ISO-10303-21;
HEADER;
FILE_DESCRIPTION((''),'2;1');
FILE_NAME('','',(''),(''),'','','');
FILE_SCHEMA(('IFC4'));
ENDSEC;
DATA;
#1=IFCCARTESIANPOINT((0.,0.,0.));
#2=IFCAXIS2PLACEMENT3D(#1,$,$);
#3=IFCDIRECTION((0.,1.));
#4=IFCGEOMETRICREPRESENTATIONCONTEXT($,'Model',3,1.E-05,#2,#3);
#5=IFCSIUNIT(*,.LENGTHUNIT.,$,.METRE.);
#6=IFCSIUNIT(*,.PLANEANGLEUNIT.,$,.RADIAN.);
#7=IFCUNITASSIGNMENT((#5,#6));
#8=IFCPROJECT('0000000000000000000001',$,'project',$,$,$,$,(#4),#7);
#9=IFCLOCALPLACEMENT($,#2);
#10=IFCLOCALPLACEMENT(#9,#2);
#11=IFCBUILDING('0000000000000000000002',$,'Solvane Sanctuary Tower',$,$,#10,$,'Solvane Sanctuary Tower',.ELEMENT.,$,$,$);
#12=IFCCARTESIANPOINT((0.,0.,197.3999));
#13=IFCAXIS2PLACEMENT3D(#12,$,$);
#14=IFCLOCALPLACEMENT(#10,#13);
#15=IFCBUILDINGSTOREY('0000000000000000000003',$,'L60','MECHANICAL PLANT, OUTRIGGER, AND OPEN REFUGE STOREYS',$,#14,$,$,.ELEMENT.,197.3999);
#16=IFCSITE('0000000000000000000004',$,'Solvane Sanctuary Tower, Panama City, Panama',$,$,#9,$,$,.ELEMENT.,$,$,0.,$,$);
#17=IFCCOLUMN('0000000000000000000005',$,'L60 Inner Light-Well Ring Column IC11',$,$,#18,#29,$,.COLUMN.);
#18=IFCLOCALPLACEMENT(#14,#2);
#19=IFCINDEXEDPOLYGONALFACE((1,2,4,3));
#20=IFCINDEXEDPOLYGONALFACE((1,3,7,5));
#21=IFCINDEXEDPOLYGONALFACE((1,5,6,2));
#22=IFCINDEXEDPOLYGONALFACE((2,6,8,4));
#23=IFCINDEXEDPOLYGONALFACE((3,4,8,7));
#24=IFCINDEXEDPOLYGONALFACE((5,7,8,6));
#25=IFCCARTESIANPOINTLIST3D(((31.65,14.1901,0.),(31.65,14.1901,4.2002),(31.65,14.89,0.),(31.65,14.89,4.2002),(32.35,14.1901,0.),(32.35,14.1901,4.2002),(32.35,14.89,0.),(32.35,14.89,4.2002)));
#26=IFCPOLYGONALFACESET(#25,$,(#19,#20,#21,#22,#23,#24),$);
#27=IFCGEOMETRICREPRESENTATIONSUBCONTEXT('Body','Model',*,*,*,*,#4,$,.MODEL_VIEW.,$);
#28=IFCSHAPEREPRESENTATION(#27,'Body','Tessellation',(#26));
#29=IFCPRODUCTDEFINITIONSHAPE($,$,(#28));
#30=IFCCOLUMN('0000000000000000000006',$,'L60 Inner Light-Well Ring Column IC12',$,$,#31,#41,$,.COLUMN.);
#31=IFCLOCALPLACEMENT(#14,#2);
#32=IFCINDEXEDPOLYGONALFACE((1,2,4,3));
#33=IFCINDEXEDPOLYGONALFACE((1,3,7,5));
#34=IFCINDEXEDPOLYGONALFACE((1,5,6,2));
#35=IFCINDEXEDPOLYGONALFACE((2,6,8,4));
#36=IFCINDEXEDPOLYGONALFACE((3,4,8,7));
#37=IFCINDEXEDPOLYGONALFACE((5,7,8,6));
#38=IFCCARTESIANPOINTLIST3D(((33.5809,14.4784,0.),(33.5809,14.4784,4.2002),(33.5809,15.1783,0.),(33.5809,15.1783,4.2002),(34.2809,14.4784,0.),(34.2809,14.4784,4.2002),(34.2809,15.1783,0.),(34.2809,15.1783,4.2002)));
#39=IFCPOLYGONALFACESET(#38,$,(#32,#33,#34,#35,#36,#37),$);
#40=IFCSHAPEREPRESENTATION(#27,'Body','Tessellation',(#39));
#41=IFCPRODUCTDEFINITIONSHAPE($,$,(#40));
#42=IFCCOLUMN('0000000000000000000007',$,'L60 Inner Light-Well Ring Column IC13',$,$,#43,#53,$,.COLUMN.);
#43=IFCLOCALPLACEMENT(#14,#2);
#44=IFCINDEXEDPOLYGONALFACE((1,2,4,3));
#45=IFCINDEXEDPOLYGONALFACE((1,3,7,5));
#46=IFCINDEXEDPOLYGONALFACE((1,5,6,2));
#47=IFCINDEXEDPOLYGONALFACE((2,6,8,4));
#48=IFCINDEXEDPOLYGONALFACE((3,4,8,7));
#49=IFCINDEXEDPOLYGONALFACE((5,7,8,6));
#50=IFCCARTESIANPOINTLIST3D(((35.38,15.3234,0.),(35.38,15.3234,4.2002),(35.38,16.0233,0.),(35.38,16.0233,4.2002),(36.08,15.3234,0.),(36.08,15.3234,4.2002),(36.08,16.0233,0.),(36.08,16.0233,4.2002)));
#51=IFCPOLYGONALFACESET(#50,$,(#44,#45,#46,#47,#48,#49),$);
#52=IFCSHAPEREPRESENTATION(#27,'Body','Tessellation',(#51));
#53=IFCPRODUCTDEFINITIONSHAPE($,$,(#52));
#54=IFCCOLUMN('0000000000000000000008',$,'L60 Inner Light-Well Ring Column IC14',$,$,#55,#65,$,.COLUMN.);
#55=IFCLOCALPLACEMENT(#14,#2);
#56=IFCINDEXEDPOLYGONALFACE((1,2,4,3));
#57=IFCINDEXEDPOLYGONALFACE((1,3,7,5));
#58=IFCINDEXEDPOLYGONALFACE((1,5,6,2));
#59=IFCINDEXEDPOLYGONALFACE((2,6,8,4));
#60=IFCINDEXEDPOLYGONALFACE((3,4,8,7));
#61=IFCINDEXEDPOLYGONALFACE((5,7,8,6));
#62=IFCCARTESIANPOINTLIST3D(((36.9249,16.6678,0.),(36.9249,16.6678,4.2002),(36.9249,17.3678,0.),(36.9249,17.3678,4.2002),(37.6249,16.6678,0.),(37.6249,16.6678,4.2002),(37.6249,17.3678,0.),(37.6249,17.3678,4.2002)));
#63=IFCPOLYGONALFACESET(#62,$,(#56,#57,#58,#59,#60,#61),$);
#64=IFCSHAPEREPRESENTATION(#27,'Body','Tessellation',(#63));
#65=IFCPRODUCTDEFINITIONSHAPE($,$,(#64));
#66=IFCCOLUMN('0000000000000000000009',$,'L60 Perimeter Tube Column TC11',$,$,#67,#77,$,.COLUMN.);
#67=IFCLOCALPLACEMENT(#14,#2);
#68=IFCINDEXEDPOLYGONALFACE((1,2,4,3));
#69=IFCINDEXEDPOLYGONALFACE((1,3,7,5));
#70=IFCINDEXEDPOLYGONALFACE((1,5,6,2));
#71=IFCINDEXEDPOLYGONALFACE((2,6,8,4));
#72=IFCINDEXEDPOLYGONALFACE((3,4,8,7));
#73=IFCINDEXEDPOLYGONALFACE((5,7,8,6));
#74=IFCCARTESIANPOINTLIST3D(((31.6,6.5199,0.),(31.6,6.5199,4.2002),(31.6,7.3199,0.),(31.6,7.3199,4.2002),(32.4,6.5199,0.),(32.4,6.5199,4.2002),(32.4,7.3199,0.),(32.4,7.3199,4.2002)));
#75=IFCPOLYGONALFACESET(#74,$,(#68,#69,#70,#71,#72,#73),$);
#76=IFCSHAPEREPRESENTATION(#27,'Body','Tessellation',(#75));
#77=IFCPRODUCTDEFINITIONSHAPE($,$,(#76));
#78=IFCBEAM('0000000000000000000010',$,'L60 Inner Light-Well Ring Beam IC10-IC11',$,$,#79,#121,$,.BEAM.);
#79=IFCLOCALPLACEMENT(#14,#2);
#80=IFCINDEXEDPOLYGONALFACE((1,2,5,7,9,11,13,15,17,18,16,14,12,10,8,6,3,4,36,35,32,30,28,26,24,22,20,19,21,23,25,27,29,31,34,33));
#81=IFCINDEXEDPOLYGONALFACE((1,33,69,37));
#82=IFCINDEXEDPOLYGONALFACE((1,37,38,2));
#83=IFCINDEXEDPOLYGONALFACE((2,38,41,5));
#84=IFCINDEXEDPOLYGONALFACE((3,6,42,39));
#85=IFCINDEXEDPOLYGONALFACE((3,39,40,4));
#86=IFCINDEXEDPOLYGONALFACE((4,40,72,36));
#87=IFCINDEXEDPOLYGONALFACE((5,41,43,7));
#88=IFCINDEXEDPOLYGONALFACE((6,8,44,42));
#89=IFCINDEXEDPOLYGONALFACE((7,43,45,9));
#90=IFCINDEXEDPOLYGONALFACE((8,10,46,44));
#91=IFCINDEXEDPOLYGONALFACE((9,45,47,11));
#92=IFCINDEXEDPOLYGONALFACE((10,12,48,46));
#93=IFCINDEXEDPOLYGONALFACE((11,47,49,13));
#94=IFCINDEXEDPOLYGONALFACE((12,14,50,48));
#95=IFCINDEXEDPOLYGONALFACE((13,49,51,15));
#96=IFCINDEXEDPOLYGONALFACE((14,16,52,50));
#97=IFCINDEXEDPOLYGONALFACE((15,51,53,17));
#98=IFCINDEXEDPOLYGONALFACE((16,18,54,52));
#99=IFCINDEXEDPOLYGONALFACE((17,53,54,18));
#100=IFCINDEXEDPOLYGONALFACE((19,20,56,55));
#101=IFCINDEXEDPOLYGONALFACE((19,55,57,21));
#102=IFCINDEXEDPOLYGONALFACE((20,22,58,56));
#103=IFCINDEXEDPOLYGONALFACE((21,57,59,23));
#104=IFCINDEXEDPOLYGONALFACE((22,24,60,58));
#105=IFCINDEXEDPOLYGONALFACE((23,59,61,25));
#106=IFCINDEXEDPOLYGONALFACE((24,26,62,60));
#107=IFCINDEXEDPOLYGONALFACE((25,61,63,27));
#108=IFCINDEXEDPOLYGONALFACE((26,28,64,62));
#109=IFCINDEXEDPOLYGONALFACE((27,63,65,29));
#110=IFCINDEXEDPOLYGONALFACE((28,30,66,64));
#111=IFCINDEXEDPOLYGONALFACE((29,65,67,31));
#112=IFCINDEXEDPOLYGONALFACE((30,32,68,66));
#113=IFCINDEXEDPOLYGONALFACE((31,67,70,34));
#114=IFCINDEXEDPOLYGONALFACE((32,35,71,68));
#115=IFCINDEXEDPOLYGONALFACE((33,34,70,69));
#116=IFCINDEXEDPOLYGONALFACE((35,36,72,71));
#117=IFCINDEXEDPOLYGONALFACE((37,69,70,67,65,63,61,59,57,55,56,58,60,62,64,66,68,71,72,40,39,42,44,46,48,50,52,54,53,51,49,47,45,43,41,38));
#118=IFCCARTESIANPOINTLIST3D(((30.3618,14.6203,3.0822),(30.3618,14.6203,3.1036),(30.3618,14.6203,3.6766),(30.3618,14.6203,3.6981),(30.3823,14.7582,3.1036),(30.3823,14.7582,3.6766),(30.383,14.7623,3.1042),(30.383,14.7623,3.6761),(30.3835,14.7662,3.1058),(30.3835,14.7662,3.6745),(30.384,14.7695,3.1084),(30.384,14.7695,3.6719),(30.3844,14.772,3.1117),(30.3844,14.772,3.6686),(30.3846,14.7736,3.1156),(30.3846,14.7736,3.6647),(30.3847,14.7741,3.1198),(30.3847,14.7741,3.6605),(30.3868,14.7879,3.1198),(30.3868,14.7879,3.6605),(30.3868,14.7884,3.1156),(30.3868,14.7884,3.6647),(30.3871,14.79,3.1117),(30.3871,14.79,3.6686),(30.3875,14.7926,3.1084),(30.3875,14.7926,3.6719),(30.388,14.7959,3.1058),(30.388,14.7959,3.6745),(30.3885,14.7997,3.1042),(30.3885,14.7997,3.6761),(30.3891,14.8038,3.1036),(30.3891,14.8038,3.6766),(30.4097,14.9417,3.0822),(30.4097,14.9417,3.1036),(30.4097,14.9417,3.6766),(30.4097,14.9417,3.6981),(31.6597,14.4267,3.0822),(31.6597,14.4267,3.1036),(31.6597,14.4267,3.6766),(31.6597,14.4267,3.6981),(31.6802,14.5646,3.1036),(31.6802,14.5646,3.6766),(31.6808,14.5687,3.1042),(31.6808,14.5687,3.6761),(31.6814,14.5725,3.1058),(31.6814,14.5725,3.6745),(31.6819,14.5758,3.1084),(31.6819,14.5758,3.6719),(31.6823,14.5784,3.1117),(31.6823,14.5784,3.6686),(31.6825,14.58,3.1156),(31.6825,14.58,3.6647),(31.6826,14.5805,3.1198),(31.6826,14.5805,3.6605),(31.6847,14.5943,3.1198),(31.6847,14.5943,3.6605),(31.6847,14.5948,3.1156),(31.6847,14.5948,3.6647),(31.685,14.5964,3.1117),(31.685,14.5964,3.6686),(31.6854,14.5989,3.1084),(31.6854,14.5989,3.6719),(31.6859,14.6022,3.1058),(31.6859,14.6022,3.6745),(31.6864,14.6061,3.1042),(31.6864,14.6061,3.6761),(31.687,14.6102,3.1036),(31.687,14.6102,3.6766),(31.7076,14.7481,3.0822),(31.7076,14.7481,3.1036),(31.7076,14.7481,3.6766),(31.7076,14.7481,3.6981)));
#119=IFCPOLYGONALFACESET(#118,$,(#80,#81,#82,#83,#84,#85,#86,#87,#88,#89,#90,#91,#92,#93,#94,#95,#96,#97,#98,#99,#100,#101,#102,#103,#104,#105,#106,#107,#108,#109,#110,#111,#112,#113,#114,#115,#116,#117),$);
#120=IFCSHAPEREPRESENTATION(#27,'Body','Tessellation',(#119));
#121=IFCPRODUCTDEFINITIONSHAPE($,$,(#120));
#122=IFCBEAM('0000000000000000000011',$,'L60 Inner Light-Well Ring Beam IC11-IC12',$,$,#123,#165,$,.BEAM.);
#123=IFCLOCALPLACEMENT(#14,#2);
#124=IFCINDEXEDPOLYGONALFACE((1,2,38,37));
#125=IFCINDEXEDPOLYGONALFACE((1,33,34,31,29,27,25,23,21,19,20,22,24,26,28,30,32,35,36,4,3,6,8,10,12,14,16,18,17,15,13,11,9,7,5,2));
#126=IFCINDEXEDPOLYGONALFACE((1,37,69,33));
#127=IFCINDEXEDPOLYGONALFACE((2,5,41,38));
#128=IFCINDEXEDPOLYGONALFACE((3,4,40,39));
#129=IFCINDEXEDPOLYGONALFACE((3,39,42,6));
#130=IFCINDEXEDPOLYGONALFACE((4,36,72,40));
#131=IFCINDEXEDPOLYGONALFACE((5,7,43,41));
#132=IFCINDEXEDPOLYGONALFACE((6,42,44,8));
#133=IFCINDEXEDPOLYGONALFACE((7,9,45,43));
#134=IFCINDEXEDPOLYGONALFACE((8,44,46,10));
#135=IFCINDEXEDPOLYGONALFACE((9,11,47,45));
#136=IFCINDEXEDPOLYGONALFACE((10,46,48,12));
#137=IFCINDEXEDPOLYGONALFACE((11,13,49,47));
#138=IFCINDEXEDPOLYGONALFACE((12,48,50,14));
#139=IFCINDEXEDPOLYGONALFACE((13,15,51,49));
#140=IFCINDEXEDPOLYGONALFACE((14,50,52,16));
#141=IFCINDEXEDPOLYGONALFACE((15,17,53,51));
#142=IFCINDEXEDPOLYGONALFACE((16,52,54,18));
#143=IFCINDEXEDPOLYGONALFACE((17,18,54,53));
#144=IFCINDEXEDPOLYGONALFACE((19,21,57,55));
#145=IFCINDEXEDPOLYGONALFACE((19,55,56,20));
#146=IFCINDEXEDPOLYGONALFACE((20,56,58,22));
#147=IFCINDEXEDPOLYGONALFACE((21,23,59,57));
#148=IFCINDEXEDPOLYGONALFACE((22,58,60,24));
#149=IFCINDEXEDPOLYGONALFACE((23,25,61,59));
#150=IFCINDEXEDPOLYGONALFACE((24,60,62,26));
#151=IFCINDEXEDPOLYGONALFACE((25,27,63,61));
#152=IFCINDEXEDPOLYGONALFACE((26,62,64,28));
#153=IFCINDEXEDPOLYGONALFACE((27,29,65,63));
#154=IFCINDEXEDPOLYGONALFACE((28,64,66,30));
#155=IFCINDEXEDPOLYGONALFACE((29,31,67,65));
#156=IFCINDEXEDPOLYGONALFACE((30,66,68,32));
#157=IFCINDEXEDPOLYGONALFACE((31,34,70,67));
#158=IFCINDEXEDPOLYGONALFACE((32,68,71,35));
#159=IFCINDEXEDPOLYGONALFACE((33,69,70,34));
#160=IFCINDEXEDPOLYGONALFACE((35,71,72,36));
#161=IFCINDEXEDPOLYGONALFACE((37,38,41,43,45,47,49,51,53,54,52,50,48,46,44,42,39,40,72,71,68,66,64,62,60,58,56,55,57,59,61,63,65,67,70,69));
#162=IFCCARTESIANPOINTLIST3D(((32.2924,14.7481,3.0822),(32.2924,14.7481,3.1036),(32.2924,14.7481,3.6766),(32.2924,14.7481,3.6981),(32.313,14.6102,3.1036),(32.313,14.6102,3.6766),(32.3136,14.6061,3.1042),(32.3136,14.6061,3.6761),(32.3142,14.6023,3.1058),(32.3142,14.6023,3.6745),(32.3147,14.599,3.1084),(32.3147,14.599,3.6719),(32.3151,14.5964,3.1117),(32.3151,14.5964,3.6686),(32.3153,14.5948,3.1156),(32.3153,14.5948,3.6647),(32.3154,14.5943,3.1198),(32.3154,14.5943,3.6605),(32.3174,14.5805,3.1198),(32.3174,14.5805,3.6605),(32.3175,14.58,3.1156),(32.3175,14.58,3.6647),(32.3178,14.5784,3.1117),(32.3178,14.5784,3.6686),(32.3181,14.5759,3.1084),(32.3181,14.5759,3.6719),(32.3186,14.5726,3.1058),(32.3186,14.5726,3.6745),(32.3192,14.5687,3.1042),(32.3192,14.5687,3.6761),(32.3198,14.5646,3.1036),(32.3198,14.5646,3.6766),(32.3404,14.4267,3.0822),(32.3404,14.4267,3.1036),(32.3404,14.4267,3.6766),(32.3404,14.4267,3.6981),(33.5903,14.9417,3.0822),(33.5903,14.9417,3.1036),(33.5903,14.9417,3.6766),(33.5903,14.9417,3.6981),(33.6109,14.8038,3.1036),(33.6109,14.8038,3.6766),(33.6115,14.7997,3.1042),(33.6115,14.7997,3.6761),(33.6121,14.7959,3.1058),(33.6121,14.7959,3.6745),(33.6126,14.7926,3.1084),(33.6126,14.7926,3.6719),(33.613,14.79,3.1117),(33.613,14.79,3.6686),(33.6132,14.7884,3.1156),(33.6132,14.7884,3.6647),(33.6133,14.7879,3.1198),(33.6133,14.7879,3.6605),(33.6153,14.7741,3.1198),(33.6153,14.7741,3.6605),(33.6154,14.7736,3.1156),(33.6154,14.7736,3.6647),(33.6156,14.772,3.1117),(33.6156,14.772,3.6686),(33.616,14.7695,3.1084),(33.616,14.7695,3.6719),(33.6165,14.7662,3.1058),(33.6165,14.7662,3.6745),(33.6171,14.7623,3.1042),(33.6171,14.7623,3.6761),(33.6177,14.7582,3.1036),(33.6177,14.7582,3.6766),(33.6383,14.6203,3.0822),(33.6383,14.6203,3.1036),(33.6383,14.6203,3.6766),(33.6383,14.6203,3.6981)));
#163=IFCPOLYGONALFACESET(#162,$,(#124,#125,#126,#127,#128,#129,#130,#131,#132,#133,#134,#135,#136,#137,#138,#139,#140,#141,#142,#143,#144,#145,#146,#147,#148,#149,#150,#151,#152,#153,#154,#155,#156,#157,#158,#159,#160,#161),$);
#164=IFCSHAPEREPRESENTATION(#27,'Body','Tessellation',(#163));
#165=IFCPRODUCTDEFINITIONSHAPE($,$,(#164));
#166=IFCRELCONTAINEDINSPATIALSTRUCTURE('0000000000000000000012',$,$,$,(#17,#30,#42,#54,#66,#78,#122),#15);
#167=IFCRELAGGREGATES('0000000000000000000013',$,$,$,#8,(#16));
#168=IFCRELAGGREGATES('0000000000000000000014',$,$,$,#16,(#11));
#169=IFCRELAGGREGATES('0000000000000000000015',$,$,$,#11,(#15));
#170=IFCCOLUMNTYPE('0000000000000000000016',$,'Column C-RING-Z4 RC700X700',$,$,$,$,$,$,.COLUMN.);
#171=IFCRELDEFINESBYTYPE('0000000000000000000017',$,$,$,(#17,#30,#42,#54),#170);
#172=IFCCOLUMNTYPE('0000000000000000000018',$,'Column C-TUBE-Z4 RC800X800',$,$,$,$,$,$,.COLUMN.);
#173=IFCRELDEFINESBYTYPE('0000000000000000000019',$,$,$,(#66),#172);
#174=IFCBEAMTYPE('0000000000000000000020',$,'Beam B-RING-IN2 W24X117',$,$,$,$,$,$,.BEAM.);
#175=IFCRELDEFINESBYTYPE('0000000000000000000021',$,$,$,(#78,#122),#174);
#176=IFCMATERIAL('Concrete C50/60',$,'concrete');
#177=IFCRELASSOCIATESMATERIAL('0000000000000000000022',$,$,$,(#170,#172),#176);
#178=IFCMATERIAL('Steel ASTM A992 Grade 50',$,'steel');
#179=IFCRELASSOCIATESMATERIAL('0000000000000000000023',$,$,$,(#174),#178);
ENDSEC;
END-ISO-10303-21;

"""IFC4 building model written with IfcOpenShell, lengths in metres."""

from ifc_helpers import new_model, si_unit, direction, frame, origin, origin_2d, place, context, subcontext, project, spatial, rectangle, i_section, extrude, material, material_profile, profile_set, type_object, element, save


model = new_model("IFC4")

# Units and contexts
model_context = context("Model", 3, precision=1e-05, world=origin(), true_north=direction((0.0, 1.0)))
body_context = subcontext(model_context, "Body", "Model", "MODEL_VIEW")
ifc_project = project(units=[si_unit("LENGTHUNIT", "METRE"), si_unit("PLANEANGLEUNIT", "RADIAN")], contexts=[model_context])

# Site, building, storey
site_placement = place(None, origin())
site = spatial("IfcSite", under=ifc_project, at=site_placement, Name="Solvane Sanctuary Tower, Panama City, Panama", CompositionType="ELEMENT", RefElevation=0.0)
building_placement = place(site_placement, origin())
building = spatial("IfcBuilding", under=site, at=building_placement, Name="Solvane Sanctuary Tower", LongName="Solvane Sanctuary Tower", CompositionType="ELEMENT")
storey_placement = place(building_placement, frame((0.0, 0.0, 197.3999)))
storey = spatial("IfcBuildingStorey", under=building, at=storey_placement, Name="L60", Description="MECHANICAL PLANT, OUTRIGGER, AND OPEN REFUGE STOREYS", CompositionType="ELEMENT", Elevation=197.3999)

# Columns
ifc_material_1 = material(Name="Concrete C50/60", Category="concrete")
ifc_material_profile_1 = material_profile(ifc_material_1, rectangle(XDim=0.7, YDim=0.7, at=origin_2d()), Name="RC700X700")
ifc_profile_set_1 = profile_set([ifc_material_profile_1], Name="Concrete C50/60")
column_type_1 = type_object("IfcColumnType", Name="Column C-RING-Z4 RC700X700", PredefinedType="COLUMN", material=ifc_profile_set_1)
for number, where, z_axis, x_axis, name in (
    (1, (32.0, 14.54, 0.0), (0.0, 0.0, 1.0), (1.0, 0.0, 0.0), "L60 Inner Light-Well Ring Column IC11"),
    (2, (33.9309, 14.8284, 0.0), (0.0, 0.0, 1.0), (1.0, 0.0, 0.0), "L60 Inner Light-Well Ring Column IC12"),
    (3, (35.73, 15.6733, 0.0), (0.0, 0.0, 1.0), (1.0, 0.0, 0.0), "L60 Inner Light-Well Ring Column IC13"),
    (4, (37.2749, 17.0178, 0.0), (0.0, 0.0, 1.0), (1.0, 0.0, 0.0), "L60 Inner Light-Well Ring Column IC14"),
):
    element("IfcColumn", number, at=place(storey_placement, frame(where, z_axis=z_axis, x_axis=x_axis)), inside=storey, type_object=column_type_1, Name=name, PredefinedType="COLUMN", context=body_context, shape_type="SweptSolid", body=[
        extrude(rectangle(XDim=0.7, YDim=0.7, at=origin_2d()), origin(), (0.0, 0.0, 1.0), 4.2002),
    ])
ifc_material_profile_2 = material_profile(ifc_material_1, rectangle(XDim=0.8, YDim=0.8, at=origin_2d()), Name="RC800X800")
ifc_profile_set_2 = profile_set([ifc_material_profile_2], Name="Concrete C50/60")
column_type_2 = type_object("IfcColumnType", Name="Column C-TUBE-Z4 RC800X800", PredefinedType="COLUMN", material=ifc_profile_set_2)
column_placement = place(storey_placement, frame((32.0, 6.9199, 0.0), z_axis=(0.0, 0.0, 1.0), x_axis=(0.0, -1.0, 0.0)))
element("IfcColumn", 5, at=column_placement, inside=storey, type_object=column_type_2, Name="L60 Perimeter Tube Column TC11", PredefinedType="COLUMN", context=body_context, shape_type="SweptSolid", body=[
    extrude(rectangle(XDim=0.8, YDim=0.8, at=origin_2d()), origin(), (0.0, 0.0, 1.0), 4.2002),
])

# Beams
ifc_material_2 = material(Name="Steel ASTM A992 Grade 50", Category="steel")
ifc_material_profile_3 = material_profile(ifc_material_2, i_section(OverallWidth=0.325, OverallDepth=0.616, WebThickness=0.0139, FlangeThickness=0.0215, FilletRadius=0.0161, at=origin_2d()), Name="W24X117")
ifc_profile_set_3 = profile_set([ifc_material_profile_3], Name="Steel ASTM A992 Grade 50")
beam_type_1 = type_object("IfcBeamType", Name="Beam B-RING-IN2 W24X117", PredefinedType="BEAM", material=ifc_profile_set_3)
for number, where, z_axis, x_axis, name in (
    (6, (30.3857, 14.781, 3.3901), (0.989056, -0.14754, 0.0), (0.14754, 0.989056, 0.0), "L60 Inner Light-Well Ring Beam IC10-IC11"),
    (7, (32.3164, 14.5874, 3.3901), (0.989056, 0.14754, 0.0), (-0.14754, 0.989056, 0.0), "L60 Inner Light-Well Ring Beam IC11-IC12"),
):
    element("IfcBeam", number, at=place(storey_placement, frame(where, z_axis=z_axis, x_axis=x_axis)), inside=storey, type_object=beam_type_1, Name=name, PredefinedType="BEAM", context=body_context, shape_type="SweptSolid", body=[
        extrude(i_section(OverallWidth=0.325, OverallDepth=0.616, WebThickness=0.0139, FlangeThickness=0.0215, FilletRadius=0.0161, at=origin_2d()), origin(), (0.0, 0.0, 1.0), 1.3123),
    ])

save(model, "model.ifc")
